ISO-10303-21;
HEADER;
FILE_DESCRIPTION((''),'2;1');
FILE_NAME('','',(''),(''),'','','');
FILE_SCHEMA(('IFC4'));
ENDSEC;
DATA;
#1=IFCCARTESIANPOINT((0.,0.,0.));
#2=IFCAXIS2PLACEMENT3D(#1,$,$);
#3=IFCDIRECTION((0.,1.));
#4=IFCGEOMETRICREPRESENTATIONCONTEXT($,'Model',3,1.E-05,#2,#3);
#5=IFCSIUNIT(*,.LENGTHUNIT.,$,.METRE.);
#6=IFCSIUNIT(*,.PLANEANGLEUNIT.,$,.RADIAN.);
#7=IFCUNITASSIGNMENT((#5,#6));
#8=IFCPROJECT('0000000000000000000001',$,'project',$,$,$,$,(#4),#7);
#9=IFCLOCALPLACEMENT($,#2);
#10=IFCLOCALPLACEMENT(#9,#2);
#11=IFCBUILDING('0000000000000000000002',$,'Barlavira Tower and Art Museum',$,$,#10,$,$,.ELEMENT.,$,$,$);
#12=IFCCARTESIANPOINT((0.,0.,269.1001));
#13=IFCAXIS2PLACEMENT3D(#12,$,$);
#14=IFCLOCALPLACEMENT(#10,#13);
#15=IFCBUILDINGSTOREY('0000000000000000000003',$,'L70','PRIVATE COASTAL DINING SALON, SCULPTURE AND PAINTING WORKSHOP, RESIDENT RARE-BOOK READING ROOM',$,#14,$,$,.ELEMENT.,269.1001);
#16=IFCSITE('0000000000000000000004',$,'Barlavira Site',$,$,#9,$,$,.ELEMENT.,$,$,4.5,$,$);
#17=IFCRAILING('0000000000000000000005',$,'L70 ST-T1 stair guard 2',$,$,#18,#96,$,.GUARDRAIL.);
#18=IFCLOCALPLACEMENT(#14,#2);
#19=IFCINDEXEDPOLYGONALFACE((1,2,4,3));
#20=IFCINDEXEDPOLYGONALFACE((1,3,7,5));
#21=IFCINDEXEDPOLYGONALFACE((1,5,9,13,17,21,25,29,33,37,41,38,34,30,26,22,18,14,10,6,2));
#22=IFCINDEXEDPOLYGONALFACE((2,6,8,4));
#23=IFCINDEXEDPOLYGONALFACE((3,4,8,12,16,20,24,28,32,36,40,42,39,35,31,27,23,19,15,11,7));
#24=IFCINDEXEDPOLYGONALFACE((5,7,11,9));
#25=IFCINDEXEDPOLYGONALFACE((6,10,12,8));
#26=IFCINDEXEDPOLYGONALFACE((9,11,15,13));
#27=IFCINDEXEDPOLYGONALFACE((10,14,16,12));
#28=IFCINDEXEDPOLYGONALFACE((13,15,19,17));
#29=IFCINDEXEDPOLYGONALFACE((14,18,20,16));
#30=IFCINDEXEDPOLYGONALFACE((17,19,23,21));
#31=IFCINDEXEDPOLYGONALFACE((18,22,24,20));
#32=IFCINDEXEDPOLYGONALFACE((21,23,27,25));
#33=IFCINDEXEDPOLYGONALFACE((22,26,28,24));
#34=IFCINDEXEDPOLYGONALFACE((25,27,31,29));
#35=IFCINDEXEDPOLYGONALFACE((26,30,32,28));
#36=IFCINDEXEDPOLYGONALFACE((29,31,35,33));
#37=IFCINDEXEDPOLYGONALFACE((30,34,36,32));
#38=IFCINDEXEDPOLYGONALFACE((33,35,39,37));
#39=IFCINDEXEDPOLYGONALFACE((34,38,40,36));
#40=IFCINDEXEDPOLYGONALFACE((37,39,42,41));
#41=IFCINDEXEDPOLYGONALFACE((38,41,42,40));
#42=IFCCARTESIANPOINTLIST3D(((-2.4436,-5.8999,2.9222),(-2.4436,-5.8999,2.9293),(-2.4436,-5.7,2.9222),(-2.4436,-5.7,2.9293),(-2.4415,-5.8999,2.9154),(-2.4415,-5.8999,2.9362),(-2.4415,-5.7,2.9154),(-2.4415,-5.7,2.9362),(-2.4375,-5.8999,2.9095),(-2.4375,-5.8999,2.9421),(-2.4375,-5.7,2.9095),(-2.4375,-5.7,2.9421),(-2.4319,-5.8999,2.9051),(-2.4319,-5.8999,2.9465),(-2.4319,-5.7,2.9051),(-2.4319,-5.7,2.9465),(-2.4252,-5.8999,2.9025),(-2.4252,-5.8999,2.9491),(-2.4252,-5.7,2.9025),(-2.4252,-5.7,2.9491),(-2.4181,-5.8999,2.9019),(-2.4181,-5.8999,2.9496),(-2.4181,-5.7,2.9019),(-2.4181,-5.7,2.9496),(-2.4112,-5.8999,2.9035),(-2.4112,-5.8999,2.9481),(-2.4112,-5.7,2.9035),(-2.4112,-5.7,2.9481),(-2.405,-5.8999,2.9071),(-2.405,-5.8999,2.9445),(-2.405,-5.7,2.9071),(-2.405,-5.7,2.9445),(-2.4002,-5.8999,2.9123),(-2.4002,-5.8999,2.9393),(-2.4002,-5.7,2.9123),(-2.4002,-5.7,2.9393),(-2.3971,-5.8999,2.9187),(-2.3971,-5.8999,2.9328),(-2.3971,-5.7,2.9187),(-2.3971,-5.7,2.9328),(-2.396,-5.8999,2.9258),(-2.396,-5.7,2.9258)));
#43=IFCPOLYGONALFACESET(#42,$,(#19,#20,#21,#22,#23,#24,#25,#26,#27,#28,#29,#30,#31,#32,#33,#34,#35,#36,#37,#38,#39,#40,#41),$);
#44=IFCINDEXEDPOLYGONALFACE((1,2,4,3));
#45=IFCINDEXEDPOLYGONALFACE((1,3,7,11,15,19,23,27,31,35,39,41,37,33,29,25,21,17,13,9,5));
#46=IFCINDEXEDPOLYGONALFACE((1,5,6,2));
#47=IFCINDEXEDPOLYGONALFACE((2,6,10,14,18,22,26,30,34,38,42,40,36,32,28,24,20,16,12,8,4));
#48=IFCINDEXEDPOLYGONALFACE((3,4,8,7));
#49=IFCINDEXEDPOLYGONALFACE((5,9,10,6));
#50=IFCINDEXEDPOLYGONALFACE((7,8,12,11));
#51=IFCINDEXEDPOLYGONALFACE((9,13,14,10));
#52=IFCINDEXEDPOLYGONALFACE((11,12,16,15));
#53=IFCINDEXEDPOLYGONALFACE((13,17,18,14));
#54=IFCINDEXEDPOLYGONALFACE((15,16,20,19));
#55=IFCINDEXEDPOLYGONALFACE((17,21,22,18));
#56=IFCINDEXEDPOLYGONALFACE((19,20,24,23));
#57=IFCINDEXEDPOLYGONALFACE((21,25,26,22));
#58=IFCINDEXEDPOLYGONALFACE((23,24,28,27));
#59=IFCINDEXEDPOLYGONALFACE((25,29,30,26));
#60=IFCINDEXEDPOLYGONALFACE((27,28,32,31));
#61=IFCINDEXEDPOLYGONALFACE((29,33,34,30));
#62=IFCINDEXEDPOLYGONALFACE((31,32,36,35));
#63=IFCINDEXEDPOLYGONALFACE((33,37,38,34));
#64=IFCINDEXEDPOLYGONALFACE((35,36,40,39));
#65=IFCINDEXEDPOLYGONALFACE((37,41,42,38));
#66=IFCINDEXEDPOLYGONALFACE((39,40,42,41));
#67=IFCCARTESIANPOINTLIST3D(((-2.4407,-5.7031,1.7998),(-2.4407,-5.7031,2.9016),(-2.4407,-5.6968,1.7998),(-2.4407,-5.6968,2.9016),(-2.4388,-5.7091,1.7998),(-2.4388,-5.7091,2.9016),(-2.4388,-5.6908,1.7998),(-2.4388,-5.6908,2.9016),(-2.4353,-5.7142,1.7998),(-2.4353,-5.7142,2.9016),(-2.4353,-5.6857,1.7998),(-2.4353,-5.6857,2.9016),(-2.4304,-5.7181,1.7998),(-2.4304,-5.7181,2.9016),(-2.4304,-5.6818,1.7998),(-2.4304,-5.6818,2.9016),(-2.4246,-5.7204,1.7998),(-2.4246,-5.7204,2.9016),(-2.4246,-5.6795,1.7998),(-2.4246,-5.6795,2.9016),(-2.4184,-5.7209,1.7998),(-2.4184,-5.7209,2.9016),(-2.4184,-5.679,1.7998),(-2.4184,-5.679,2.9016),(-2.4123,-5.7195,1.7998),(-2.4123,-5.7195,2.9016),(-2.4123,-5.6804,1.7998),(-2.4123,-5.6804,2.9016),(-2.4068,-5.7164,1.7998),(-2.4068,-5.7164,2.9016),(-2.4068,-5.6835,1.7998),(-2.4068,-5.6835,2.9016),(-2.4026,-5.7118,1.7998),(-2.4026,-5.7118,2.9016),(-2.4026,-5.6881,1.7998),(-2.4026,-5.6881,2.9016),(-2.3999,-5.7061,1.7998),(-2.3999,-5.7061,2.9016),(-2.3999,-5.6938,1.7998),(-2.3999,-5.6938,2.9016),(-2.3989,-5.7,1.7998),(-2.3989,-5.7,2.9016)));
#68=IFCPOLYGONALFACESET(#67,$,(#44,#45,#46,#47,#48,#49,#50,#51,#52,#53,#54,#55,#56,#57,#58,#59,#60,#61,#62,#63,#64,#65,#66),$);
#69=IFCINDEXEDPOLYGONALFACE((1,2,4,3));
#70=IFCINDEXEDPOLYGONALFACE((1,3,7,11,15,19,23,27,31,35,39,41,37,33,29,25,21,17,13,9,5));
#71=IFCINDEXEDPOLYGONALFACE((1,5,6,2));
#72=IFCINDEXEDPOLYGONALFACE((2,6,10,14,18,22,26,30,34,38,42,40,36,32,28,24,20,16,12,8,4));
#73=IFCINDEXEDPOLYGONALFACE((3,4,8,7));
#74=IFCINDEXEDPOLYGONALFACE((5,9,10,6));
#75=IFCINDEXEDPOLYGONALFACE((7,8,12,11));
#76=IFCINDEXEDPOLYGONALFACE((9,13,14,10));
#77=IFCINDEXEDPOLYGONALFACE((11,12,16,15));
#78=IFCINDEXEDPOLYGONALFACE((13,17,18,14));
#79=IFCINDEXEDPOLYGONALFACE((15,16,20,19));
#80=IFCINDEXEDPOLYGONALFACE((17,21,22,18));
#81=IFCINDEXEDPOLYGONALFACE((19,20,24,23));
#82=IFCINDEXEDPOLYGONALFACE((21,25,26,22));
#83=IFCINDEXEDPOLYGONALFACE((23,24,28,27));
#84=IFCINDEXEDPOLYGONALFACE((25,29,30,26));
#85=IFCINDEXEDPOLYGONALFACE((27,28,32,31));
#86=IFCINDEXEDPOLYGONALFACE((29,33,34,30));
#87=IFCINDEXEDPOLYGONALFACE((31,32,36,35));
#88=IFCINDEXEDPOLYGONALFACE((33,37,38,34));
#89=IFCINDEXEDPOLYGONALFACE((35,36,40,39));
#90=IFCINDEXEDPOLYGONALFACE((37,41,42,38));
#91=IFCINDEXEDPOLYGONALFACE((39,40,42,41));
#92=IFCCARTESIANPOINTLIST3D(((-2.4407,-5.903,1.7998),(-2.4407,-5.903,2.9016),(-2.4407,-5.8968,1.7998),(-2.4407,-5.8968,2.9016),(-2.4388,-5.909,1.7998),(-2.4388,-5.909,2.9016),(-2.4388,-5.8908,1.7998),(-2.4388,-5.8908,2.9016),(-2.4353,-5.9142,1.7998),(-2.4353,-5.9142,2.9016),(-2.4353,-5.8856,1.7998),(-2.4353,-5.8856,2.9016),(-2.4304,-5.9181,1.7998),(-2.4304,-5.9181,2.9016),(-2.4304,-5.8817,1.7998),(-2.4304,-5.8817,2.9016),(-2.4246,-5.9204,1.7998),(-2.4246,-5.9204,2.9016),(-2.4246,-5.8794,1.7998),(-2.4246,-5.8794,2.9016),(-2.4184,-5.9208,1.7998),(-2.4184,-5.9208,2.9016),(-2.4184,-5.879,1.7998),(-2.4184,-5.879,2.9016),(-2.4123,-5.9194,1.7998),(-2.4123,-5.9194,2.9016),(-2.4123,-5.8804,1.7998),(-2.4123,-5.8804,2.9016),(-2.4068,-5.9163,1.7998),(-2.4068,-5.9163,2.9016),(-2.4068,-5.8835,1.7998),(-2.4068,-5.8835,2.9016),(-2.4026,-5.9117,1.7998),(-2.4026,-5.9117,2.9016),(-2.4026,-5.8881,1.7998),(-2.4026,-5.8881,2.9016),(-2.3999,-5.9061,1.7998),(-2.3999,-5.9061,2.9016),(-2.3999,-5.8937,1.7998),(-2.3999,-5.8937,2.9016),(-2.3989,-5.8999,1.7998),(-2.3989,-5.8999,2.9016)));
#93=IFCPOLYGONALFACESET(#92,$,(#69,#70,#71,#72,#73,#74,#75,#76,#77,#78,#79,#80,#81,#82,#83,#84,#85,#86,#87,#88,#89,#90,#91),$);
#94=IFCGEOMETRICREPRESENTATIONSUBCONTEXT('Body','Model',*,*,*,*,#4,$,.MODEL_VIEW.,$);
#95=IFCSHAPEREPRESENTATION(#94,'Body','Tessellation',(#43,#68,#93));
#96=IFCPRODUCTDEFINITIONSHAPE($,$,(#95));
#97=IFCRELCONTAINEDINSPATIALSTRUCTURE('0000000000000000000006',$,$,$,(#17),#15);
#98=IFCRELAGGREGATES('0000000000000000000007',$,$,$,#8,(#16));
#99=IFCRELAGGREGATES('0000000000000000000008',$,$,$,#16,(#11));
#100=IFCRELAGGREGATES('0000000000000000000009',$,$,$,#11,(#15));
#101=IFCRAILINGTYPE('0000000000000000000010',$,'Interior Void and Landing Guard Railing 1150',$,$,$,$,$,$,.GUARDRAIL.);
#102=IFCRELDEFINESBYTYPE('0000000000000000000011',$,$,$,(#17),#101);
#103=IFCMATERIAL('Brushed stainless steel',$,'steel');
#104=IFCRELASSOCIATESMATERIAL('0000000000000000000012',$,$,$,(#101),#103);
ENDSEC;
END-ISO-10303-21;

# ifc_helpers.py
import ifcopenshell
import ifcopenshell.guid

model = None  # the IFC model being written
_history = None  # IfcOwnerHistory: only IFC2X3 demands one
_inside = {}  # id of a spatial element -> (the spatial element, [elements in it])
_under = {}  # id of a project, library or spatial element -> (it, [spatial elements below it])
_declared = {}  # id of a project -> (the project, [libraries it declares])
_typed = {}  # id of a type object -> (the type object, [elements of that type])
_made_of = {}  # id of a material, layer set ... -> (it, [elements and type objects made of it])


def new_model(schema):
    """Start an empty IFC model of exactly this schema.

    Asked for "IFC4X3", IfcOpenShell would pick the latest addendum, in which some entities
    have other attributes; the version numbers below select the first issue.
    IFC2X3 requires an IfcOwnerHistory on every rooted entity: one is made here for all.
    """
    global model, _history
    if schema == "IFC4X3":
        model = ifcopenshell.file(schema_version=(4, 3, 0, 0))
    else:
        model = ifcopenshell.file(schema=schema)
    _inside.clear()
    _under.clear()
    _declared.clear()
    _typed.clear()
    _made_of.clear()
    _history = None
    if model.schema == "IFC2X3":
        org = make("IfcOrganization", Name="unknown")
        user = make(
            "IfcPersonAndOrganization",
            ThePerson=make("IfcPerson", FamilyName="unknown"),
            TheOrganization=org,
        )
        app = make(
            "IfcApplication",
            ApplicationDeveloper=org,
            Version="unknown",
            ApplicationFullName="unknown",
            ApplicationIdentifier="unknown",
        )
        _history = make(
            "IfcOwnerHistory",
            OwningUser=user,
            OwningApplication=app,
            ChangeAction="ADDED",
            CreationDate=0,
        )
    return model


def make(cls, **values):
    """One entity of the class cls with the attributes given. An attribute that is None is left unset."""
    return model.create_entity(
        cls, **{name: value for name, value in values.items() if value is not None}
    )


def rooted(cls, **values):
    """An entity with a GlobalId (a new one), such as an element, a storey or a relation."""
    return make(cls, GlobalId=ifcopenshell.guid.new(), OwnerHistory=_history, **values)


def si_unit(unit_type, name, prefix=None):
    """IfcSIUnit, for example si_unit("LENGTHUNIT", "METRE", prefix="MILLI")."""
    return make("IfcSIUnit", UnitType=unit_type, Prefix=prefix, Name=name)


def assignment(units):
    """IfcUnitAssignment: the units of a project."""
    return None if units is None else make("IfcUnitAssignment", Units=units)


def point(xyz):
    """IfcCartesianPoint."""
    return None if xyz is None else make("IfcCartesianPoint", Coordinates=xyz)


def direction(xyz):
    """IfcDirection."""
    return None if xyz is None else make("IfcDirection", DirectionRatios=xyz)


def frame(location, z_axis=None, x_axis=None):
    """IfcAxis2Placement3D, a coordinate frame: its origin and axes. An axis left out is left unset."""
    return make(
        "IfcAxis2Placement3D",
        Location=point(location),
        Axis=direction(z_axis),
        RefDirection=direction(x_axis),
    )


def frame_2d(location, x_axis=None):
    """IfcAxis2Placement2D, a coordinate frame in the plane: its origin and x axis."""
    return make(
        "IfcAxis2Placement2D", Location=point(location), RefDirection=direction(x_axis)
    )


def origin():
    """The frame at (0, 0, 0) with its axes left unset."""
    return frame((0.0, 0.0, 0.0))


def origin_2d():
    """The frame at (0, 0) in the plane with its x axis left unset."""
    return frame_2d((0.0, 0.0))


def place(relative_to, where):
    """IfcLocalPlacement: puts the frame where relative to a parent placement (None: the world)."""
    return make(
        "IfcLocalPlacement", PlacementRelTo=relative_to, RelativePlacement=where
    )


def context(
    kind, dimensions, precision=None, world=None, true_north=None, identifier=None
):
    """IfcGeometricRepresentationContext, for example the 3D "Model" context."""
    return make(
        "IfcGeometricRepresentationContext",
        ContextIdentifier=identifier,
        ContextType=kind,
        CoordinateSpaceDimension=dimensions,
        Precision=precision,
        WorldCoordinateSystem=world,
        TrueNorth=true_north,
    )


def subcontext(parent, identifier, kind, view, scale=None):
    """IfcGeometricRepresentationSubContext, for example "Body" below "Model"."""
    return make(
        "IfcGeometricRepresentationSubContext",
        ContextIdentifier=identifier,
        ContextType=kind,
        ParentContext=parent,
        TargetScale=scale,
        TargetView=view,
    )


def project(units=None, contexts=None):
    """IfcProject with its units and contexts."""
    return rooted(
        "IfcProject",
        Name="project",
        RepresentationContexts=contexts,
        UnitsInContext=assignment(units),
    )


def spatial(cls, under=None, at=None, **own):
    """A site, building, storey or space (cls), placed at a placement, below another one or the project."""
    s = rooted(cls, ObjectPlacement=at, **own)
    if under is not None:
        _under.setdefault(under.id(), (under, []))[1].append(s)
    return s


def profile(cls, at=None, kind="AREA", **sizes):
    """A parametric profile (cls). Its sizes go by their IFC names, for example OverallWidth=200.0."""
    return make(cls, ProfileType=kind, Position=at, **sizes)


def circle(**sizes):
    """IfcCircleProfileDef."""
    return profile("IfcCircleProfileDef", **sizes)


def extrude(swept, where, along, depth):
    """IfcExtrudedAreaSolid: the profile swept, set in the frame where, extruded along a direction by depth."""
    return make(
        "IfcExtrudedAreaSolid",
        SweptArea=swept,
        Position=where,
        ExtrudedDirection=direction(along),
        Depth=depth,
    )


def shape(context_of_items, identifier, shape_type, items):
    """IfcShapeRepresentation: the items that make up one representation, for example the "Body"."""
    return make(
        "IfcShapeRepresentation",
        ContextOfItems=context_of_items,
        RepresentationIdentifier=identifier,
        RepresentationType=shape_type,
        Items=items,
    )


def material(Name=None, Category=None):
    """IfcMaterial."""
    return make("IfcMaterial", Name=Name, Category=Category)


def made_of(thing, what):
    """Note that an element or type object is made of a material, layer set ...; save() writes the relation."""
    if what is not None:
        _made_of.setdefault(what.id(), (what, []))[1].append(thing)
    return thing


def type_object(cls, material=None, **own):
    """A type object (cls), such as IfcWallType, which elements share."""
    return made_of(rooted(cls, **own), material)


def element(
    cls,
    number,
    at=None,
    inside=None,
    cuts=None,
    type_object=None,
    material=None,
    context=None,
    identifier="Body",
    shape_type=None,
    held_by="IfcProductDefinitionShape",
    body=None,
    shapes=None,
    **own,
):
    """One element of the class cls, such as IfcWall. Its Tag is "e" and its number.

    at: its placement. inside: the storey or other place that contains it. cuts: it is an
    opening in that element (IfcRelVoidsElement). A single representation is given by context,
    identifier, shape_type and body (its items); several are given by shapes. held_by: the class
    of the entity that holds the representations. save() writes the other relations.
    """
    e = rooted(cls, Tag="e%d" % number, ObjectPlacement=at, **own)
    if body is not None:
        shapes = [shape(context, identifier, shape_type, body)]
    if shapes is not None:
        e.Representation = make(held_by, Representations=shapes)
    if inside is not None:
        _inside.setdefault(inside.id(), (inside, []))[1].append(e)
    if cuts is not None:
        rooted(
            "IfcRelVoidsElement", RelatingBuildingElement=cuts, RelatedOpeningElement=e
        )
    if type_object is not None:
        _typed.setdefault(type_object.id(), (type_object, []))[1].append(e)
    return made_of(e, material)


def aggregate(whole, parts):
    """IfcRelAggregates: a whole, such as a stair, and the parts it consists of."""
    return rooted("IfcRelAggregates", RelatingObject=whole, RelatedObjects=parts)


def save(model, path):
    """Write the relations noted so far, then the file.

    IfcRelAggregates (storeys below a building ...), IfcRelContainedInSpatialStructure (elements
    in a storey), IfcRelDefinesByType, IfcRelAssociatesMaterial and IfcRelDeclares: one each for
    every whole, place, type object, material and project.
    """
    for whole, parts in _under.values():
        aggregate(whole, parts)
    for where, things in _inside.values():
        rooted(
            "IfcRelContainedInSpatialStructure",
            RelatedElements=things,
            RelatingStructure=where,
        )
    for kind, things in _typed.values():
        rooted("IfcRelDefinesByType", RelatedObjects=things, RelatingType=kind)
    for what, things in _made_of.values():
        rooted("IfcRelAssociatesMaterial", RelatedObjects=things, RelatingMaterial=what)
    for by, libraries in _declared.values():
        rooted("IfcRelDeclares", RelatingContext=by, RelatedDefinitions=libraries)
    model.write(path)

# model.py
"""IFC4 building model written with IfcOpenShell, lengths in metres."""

from ifc_helpers import new_model, si_unit, direction, frame, origin, origin_2d, place, context, subcontext, project, spatial, circle, extrude, material, type_object, element, save


model = new_model("IFC4")

# Units and contexts
model_context = context("Model", 3, precision=1e-05, world=origin(), true_north=direction((0.0, 1.0)))
body_context = subcontext(model_context, "Body", "Model", "MODEL_VIEW")
ifc_project = project(units=[si_unit("LENGTHUNIT", "METRE"), si_unit("PLANEANGLEUNIT", "RADIAN")], contexts=[model_context])

# Site, building, storey
site_placement = place(None, origin())
site = spatial("IfcSite", under=ifc_project, at=site_placement, Name="Barlavira Site", CompositionType="ELEMENT", RefElevation=4.5)
building_placement = place(site_placement, origin())
building = spatial("IfcBuilding", under=site, at=building_placement, Name="Barlavira Tower and Art Museum", CompositionType="ELEMENT")
storey_placement = place(building_placement, frame((0.0, 0.0, 269.1001)))
storey = spatial("IfcBuildingStorey", under=building, at=storey_placement, Name="L70", Description="PRIVATE COASTAL DINING SALON, SCULPTURE AND PAINTING WORKSHOP, RESIDENT RARE-BOOK READING ROOM", CompositionType="ELEMENT", Elevation=269.1001)

# Shared definitions
ifc_material_1 = material(Name="Brushed stainless steel", Category="steel")

# Railing
railing_type_1 = type_object("IfcRailingType", Name="Interior Void and Landing Guard Railing 1150", PredefinedType="GUARDRAIL", material=ifc_material_1)
railing_1_placement = place(storey_placement, frame((-2.4199, -5.7, 1.7998)))
element("IfcRailing", 1, at=railing_1_placement, inside=storey, type_object=railing_type_1, Name="L70 ST-T1 stair guard 2", PredefinedType="GUARDRAIL", context=body_context, shape_type="SweptSolid", body=[
    extrude(circle(Radius=0.0239, at=origin_2d()), frame((0.0, 0.0, 1.126), z_axis=(0.0, -1.0, 0.0), x_axis=(1.0, 0.0, 0.0)), (0.0, 0.0, 1.0), 0.2),
    extrude(circle(Radius=0.021, at=origin_2d()), origin(), (0.0, 0.0, 1.0), 1.1018),
    extrude(circle(Radius=0.021, at=origin_2d()), frame((0.0, -0.2, 0.0)), (0.0, 0.0, 1.0), 1.1018),
])

save(model, "model.ifc")
